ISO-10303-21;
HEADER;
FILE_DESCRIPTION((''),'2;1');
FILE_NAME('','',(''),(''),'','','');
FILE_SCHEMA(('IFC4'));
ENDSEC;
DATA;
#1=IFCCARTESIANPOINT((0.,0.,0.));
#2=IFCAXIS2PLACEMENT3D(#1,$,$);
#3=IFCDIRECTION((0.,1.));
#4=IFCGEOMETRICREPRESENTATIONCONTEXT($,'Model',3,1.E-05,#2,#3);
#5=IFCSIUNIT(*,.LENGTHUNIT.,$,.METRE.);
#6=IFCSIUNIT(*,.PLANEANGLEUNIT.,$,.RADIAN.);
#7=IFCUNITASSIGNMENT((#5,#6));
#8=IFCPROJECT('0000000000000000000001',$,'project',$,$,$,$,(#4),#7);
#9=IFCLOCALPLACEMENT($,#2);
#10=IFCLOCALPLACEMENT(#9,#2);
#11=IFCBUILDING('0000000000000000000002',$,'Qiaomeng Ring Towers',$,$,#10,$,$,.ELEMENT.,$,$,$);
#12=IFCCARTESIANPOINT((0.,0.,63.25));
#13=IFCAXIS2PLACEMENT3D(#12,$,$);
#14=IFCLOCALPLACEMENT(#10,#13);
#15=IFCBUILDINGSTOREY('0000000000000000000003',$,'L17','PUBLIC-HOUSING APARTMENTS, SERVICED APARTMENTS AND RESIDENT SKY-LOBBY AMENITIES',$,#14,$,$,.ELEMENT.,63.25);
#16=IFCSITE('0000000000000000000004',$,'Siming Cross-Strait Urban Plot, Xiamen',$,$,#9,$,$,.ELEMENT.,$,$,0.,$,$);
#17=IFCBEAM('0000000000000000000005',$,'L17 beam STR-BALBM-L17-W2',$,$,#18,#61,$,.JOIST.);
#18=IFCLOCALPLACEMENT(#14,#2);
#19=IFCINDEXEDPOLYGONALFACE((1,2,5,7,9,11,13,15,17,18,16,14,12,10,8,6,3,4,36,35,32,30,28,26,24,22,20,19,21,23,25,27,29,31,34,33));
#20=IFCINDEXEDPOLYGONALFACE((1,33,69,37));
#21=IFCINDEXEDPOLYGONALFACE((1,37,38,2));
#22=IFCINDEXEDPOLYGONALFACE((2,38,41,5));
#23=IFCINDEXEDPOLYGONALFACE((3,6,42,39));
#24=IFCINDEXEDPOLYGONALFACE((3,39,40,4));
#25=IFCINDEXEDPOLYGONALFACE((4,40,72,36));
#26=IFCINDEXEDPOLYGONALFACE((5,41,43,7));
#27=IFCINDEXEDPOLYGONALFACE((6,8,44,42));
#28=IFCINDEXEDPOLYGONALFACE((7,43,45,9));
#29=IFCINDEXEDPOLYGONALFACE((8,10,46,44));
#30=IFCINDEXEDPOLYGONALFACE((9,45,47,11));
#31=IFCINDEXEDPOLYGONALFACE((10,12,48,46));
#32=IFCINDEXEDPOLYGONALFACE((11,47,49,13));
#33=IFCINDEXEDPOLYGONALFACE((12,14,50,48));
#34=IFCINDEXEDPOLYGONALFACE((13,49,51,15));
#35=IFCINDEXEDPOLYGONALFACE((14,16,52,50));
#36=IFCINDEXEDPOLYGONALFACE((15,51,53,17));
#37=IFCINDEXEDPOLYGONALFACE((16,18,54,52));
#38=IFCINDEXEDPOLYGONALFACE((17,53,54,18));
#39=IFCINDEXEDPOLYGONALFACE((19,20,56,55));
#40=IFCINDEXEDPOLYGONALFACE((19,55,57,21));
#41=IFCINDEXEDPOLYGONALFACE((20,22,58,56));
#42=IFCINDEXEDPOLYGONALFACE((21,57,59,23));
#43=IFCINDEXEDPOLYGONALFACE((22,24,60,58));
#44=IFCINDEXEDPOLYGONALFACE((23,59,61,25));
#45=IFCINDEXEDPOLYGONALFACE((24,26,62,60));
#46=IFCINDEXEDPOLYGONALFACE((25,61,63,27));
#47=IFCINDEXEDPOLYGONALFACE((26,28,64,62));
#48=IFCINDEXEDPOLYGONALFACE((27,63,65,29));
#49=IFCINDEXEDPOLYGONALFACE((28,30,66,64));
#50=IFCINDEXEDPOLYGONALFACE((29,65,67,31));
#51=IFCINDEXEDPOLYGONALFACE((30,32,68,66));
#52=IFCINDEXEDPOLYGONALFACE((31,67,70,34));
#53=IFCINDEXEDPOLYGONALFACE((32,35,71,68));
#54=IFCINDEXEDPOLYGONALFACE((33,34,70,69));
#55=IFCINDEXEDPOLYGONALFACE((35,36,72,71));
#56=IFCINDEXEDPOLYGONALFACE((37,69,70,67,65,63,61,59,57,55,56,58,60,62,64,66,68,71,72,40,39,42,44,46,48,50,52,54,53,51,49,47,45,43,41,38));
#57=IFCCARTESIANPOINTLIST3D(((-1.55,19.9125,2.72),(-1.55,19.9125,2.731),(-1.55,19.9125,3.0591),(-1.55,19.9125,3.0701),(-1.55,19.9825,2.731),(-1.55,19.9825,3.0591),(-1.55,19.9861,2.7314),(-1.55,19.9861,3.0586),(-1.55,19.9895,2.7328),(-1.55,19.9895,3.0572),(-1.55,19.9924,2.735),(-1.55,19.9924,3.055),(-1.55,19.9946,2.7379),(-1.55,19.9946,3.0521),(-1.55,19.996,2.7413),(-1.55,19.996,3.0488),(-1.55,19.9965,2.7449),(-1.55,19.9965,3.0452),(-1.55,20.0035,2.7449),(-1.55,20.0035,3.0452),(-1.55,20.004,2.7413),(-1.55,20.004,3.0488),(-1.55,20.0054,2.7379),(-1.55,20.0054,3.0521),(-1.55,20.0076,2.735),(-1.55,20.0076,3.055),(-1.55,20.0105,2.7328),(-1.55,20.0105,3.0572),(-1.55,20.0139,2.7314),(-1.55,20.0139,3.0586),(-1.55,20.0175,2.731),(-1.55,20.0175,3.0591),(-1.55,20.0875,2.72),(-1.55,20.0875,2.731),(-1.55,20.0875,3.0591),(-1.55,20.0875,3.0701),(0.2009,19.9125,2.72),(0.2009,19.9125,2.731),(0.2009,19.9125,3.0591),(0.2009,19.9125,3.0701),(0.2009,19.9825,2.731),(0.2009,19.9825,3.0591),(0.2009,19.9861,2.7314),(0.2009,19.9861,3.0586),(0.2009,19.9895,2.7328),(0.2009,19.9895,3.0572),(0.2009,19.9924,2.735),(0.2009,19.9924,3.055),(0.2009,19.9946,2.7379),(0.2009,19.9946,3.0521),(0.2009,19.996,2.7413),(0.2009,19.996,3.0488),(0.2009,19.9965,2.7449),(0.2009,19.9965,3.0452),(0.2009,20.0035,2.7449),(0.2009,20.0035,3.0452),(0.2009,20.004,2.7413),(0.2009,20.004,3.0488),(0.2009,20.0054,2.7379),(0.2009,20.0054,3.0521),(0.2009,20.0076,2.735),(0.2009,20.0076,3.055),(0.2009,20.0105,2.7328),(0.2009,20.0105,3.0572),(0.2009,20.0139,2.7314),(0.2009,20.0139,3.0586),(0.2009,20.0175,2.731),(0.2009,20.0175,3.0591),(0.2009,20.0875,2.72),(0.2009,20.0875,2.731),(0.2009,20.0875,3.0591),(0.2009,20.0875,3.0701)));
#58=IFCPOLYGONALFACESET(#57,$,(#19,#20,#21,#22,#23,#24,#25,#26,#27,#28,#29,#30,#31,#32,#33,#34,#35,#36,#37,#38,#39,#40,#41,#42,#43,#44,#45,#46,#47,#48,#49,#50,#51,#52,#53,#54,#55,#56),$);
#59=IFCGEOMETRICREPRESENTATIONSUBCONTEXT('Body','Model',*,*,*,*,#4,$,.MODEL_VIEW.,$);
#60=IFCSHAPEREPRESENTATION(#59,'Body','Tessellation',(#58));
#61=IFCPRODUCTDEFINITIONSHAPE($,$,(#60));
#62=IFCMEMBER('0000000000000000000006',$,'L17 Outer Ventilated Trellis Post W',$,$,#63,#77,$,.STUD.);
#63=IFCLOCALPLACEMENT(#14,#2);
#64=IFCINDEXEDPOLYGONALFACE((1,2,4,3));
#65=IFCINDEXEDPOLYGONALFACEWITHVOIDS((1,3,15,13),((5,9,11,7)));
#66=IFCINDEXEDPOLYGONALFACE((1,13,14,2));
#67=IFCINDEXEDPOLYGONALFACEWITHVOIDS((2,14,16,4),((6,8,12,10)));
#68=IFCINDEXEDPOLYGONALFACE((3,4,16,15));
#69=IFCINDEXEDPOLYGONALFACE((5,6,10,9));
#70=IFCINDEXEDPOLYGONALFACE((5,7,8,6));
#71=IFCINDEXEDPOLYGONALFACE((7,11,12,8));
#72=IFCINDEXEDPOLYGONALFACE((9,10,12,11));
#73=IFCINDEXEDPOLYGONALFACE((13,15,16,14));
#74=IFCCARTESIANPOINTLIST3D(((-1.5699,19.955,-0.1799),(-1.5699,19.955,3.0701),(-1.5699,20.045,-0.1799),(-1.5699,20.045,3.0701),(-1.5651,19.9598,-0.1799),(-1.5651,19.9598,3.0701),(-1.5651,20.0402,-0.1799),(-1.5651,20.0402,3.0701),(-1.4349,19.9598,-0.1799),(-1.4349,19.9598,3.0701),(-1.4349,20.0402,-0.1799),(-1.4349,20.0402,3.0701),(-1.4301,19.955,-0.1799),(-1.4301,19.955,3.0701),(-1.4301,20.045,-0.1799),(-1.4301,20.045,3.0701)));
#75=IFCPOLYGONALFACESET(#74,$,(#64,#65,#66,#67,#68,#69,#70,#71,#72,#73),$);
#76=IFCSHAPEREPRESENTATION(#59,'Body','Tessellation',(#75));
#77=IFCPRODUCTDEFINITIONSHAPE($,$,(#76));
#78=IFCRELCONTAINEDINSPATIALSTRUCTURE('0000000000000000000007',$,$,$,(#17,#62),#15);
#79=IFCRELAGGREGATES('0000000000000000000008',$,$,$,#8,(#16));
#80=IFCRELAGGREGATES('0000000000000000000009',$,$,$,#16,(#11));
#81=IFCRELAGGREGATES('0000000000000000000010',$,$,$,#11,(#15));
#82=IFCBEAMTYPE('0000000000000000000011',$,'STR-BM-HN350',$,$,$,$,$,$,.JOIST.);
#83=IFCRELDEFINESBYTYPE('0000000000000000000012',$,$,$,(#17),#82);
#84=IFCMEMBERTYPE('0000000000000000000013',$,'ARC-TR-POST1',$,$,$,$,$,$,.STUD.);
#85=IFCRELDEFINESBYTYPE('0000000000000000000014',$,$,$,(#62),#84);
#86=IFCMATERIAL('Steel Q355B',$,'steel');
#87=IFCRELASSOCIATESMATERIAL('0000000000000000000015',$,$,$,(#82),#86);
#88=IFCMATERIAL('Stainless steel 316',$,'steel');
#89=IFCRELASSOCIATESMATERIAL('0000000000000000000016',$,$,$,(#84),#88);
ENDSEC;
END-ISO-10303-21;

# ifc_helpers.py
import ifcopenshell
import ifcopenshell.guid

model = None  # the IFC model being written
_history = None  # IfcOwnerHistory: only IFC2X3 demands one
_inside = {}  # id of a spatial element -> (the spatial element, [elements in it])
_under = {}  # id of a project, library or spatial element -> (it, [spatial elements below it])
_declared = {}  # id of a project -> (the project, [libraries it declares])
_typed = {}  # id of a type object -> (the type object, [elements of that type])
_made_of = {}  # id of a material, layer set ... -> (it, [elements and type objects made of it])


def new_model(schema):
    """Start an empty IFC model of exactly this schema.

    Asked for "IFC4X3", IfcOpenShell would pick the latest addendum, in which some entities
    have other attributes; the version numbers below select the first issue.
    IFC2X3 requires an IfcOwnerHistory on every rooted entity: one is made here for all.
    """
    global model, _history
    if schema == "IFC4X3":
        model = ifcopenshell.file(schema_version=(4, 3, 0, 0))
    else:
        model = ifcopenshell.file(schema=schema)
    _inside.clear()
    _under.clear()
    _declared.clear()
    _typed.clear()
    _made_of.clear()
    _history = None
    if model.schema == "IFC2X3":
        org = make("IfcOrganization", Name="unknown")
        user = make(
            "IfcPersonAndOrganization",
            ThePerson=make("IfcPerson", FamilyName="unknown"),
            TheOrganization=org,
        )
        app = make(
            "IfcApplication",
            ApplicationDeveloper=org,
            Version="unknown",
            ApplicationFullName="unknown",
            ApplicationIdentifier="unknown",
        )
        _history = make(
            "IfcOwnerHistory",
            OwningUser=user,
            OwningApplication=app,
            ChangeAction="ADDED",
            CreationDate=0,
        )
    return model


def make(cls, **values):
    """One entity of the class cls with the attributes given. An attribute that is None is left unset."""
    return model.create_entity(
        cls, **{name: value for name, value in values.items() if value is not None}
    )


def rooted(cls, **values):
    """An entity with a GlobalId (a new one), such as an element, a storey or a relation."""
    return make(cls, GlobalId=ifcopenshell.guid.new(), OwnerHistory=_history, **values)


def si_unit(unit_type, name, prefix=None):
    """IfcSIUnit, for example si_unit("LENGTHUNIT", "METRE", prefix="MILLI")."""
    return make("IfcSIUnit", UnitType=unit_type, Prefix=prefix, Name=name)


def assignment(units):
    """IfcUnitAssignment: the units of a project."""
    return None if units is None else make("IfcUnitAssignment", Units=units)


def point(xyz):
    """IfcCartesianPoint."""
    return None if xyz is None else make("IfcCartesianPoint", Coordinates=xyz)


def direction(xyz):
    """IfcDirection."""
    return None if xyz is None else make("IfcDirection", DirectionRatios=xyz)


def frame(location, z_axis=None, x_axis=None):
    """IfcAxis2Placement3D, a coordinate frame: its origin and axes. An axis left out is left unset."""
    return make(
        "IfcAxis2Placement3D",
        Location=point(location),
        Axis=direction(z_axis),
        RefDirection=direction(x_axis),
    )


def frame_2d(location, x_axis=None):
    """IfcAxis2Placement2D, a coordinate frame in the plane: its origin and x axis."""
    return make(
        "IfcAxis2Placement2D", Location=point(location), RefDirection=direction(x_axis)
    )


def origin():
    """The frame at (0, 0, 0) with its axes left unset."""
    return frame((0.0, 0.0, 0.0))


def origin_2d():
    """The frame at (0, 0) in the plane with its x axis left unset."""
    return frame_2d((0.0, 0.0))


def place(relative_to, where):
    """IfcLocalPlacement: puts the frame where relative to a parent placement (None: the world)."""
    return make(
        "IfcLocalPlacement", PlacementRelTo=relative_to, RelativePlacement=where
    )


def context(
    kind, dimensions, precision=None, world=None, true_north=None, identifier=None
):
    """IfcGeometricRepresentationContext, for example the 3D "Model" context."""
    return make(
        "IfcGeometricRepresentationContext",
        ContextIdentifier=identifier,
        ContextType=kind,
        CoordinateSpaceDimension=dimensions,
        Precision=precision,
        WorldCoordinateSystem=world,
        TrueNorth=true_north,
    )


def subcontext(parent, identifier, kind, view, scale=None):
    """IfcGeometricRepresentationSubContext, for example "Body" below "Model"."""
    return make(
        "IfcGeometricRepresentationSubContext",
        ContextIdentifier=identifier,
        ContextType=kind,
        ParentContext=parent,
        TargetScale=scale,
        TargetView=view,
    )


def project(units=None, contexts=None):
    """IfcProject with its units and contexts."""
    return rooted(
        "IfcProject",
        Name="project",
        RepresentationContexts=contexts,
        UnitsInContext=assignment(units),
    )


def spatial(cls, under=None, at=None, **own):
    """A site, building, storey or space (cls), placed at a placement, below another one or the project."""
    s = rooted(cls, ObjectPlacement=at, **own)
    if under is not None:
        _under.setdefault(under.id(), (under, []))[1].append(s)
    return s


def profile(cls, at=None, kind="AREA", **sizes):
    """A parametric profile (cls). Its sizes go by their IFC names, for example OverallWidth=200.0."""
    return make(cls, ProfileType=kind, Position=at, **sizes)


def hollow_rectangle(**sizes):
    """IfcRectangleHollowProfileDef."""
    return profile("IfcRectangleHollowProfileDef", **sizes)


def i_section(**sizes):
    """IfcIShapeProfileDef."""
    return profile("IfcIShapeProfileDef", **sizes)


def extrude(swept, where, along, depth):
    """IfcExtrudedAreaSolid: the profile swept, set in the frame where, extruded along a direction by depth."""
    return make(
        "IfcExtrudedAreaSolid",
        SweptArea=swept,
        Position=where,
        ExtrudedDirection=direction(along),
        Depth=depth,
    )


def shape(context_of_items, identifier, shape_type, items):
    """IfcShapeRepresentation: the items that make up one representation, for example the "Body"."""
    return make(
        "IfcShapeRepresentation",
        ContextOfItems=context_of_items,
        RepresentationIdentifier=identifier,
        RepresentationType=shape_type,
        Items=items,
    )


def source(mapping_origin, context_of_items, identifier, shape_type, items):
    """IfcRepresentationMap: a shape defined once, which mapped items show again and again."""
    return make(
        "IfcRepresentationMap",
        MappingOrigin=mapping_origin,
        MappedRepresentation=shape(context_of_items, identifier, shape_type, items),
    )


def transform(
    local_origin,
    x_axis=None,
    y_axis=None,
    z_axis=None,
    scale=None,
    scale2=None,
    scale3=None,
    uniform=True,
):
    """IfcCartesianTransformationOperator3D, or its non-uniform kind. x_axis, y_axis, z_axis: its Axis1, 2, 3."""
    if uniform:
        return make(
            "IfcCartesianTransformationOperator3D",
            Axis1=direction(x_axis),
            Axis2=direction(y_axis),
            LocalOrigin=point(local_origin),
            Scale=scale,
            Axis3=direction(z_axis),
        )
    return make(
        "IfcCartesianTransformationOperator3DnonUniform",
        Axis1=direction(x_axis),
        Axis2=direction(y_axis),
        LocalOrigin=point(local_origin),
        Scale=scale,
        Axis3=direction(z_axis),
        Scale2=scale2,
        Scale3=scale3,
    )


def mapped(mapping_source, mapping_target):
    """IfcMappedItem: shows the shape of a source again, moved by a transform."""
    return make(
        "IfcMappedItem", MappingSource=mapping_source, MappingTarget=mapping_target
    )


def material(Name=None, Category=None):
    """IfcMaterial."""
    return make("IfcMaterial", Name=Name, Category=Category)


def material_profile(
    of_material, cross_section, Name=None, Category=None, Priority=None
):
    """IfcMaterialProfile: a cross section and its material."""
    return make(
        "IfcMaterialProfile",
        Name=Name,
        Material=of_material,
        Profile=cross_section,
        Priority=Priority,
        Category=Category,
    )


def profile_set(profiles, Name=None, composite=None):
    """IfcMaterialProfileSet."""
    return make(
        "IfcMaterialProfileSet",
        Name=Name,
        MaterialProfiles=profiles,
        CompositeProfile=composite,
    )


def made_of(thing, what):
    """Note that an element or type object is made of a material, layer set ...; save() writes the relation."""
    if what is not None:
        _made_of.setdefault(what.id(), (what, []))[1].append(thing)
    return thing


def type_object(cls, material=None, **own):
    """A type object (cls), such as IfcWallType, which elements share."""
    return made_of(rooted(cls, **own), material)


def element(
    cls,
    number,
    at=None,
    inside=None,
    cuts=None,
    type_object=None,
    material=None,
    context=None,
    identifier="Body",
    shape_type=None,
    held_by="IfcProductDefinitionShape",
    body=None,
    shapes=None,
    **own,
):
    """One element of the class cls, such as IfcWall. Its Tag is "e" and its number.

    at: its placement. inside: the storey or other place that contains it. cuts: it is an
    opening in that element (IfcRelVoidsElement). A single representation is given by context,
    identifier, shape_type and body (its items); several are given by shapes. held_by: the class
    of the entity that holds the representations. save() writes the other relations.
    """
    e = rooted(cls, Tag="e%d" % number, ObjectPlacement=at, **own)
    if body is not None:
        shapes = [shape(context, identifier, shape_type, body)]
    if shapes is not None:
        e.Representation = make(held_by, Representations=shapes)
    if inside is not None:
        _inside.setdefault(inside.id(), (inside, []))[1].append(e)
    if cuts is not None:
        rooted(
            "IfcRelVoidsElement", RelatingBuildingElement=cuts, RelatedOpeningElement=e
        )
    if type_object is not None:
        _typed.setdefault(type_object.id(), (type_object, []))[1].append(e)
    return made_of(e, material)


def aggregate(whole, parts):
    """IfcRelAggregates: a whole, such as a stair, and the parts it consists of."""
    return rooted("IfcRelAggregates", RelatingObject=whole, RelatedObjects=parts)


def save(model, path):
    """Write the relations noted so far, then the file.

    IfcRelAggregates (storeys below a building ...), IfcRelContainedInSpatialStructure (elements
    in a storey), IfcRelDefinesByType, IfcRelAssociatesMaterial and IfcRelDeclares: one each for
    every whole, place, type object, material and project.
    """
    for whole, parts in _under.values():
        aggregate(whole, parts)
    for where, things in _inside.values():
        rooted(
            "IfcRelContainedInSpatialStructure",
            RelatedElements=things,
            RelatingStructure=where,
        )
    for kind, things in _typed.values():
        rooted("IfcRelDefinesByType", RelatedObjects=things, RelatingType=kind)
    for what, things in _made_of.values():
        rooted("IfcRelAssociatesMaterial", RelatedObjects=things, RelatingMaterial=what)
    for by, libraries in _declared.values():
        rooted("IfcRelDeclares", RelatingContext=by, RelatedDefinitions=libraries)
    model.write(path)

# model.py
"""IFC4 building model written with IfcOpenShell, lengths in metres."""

from ifc_helpers import new_model, si_unit, direction, frame, origin, origin_2d, place, context, subcontext, project, spatial, hollow_rectangle, i_section, extrude, source, transform, mapped, material, material_profile, profile_set, type_object, element, save


model = new_model("IFC4")

# Units and contexts
model_context = context("Model", 3, precision=1e-05, world=origin(), true_north=direction((0.0, 1.0)))
body_context = subcontext(model_context, "Body", "Model", "MODEL_VIEW")
ifc_project = project(units=[si_unit("LENGTHUNIT", "METRE"), si_unit("PLANEANGLEUNIT", "RADIAN")], contexts=[model_context])

# Site, building, storey
site_placement = place(None, origin())
site = spatial("IfcSite", under=ifc_project, at=site_placement, Name="Siming Cross-Strait Urban Plot, Xiamen", CompositionType="ELEMENT", RefElevation=0.0)
building_placement = place(site_placement, origin())
building = spatial("IfcBuilding", under=site, at=building_placement, Name="Qiaomeng Ring Towers", CompositionType="ELEMENT")
storey_placement = place(building_placement, frame((0.0, 0.0, 63.25)))
storey = spatial("IfcBuildingStorey", under=building, at=storey_placement, Name="L17", Description="PUBLIC-HOUSING APARTMENTS, SERVICED APARTMENTS AND RESIDENT SKY-LOBBY AMENITIES", CompositionType="ELEMENT", Elevation=63.25)

# Beam
ifc_material_1 = material(Name="Steel Q355B", Category="steel")
ifc_material_profile_1 = material_profile(ifc_material_1, i_section(OverallWidth=0.175, OverallDepth=0.3501, WebThickness=0.0071, FlangeThickness=0.011, FilletRadius=0.0139, at=origin_2d()), Name="HN 350x175x7x11")
ifc_profile_set_1 = profile_set([ifc_material_profile_1], Name="Steel Q355B")
beam_type_1 = type_object("IfcBeamType", Name="STR-BM-HN350", PredefinedType="JOIST", material=ifc_profile_set_1)
shared_shape_1 = source(origin(), body_context, "Body", "SweptSolid", [
    extrude(i_section(OverallWidth=0.175, OverallDepth=0.3501, WebThickness=0.0071, FlangeThickness=0.011, FilletRadius=0.0139, at=origin_2d()), origin(), (0.0, 0.0, 1.0), 1.751),
])
beam_1_placement = place(storey_placement, frame((-1.55, 20.0, 2.895), z_axis=(1.0, 0.0, 0.0), x_axis=(0.0, 1.0, 0.0)))
element("IfcBeam", 1, at=beam_1_placement, inside=storey, type_object=beam_type_1, Name="L17 beam STR-BALBM-L17-W2", PredefinedType="JOIST", context=body_context, shape_type="MappedRepresentation", body=[
    mapped(shared_shape_1, transform((0.0, 0.0, 0.0), x_axis=(1.0, 0.0, 0.0), y_axis=(0.0, 1.0, 0.0), z_axis=(0.0, 0.0, 1.0), scale=1.0)),
])

# Member
ifc_material_2 = material(Name="Stainless steel 316", Category="steel")
ifc_material_profile_2 = material_profile(ifc_material_2, hollow_rectangle(XDim=0.0901, YDim=0.1399, WallThickness=0.0049, at=origin_2d()), Name="SS TRELLIS 90x140")
ifc_profile_set_2 = profile_set([ifc_material_profile_2], Name="Stainless steel 316")
member_type = type_object("IfcMemberType", Name="ARC-TR-POST1", PredefinedType="STUD", material=ifc_profile_set_2)
shared_shape_2 = source(origin(), body_context, "Body", "SweptSolid", [
    extrude(hollow_rectangle(XDim=0.0901, YDim=0.1399, WallThickness=0.0049, at=origin_2d()), origin(), (0.0, 0.0, 1.0), 3.25),
])
member_placement = place(storey_placement, frame((-1.5, 20.0, -0.1799), z_axis=(0.0, 0.0, 1.0), x_axis=(0.0, 1.0, 0.0)))
element("IfcMember", 2, at=member_placement, inside=storey, type_object=member_type, Name="L17 Outer Ventilated Trellis Post W", PredefinedType="STUD", context=body_context, shape_type="MappedRepresentation", body=[
    mapped(shared_shape_2, transform((0.0, 0.0, 0.0), x_axis=(1.0, 0.0, 0.0), y_axis=(0.0, 1.0, 0.0), z_axis=(0.0, 0.0, 1.0), scale=1.0)),
])

save(model, "model.ifc")
